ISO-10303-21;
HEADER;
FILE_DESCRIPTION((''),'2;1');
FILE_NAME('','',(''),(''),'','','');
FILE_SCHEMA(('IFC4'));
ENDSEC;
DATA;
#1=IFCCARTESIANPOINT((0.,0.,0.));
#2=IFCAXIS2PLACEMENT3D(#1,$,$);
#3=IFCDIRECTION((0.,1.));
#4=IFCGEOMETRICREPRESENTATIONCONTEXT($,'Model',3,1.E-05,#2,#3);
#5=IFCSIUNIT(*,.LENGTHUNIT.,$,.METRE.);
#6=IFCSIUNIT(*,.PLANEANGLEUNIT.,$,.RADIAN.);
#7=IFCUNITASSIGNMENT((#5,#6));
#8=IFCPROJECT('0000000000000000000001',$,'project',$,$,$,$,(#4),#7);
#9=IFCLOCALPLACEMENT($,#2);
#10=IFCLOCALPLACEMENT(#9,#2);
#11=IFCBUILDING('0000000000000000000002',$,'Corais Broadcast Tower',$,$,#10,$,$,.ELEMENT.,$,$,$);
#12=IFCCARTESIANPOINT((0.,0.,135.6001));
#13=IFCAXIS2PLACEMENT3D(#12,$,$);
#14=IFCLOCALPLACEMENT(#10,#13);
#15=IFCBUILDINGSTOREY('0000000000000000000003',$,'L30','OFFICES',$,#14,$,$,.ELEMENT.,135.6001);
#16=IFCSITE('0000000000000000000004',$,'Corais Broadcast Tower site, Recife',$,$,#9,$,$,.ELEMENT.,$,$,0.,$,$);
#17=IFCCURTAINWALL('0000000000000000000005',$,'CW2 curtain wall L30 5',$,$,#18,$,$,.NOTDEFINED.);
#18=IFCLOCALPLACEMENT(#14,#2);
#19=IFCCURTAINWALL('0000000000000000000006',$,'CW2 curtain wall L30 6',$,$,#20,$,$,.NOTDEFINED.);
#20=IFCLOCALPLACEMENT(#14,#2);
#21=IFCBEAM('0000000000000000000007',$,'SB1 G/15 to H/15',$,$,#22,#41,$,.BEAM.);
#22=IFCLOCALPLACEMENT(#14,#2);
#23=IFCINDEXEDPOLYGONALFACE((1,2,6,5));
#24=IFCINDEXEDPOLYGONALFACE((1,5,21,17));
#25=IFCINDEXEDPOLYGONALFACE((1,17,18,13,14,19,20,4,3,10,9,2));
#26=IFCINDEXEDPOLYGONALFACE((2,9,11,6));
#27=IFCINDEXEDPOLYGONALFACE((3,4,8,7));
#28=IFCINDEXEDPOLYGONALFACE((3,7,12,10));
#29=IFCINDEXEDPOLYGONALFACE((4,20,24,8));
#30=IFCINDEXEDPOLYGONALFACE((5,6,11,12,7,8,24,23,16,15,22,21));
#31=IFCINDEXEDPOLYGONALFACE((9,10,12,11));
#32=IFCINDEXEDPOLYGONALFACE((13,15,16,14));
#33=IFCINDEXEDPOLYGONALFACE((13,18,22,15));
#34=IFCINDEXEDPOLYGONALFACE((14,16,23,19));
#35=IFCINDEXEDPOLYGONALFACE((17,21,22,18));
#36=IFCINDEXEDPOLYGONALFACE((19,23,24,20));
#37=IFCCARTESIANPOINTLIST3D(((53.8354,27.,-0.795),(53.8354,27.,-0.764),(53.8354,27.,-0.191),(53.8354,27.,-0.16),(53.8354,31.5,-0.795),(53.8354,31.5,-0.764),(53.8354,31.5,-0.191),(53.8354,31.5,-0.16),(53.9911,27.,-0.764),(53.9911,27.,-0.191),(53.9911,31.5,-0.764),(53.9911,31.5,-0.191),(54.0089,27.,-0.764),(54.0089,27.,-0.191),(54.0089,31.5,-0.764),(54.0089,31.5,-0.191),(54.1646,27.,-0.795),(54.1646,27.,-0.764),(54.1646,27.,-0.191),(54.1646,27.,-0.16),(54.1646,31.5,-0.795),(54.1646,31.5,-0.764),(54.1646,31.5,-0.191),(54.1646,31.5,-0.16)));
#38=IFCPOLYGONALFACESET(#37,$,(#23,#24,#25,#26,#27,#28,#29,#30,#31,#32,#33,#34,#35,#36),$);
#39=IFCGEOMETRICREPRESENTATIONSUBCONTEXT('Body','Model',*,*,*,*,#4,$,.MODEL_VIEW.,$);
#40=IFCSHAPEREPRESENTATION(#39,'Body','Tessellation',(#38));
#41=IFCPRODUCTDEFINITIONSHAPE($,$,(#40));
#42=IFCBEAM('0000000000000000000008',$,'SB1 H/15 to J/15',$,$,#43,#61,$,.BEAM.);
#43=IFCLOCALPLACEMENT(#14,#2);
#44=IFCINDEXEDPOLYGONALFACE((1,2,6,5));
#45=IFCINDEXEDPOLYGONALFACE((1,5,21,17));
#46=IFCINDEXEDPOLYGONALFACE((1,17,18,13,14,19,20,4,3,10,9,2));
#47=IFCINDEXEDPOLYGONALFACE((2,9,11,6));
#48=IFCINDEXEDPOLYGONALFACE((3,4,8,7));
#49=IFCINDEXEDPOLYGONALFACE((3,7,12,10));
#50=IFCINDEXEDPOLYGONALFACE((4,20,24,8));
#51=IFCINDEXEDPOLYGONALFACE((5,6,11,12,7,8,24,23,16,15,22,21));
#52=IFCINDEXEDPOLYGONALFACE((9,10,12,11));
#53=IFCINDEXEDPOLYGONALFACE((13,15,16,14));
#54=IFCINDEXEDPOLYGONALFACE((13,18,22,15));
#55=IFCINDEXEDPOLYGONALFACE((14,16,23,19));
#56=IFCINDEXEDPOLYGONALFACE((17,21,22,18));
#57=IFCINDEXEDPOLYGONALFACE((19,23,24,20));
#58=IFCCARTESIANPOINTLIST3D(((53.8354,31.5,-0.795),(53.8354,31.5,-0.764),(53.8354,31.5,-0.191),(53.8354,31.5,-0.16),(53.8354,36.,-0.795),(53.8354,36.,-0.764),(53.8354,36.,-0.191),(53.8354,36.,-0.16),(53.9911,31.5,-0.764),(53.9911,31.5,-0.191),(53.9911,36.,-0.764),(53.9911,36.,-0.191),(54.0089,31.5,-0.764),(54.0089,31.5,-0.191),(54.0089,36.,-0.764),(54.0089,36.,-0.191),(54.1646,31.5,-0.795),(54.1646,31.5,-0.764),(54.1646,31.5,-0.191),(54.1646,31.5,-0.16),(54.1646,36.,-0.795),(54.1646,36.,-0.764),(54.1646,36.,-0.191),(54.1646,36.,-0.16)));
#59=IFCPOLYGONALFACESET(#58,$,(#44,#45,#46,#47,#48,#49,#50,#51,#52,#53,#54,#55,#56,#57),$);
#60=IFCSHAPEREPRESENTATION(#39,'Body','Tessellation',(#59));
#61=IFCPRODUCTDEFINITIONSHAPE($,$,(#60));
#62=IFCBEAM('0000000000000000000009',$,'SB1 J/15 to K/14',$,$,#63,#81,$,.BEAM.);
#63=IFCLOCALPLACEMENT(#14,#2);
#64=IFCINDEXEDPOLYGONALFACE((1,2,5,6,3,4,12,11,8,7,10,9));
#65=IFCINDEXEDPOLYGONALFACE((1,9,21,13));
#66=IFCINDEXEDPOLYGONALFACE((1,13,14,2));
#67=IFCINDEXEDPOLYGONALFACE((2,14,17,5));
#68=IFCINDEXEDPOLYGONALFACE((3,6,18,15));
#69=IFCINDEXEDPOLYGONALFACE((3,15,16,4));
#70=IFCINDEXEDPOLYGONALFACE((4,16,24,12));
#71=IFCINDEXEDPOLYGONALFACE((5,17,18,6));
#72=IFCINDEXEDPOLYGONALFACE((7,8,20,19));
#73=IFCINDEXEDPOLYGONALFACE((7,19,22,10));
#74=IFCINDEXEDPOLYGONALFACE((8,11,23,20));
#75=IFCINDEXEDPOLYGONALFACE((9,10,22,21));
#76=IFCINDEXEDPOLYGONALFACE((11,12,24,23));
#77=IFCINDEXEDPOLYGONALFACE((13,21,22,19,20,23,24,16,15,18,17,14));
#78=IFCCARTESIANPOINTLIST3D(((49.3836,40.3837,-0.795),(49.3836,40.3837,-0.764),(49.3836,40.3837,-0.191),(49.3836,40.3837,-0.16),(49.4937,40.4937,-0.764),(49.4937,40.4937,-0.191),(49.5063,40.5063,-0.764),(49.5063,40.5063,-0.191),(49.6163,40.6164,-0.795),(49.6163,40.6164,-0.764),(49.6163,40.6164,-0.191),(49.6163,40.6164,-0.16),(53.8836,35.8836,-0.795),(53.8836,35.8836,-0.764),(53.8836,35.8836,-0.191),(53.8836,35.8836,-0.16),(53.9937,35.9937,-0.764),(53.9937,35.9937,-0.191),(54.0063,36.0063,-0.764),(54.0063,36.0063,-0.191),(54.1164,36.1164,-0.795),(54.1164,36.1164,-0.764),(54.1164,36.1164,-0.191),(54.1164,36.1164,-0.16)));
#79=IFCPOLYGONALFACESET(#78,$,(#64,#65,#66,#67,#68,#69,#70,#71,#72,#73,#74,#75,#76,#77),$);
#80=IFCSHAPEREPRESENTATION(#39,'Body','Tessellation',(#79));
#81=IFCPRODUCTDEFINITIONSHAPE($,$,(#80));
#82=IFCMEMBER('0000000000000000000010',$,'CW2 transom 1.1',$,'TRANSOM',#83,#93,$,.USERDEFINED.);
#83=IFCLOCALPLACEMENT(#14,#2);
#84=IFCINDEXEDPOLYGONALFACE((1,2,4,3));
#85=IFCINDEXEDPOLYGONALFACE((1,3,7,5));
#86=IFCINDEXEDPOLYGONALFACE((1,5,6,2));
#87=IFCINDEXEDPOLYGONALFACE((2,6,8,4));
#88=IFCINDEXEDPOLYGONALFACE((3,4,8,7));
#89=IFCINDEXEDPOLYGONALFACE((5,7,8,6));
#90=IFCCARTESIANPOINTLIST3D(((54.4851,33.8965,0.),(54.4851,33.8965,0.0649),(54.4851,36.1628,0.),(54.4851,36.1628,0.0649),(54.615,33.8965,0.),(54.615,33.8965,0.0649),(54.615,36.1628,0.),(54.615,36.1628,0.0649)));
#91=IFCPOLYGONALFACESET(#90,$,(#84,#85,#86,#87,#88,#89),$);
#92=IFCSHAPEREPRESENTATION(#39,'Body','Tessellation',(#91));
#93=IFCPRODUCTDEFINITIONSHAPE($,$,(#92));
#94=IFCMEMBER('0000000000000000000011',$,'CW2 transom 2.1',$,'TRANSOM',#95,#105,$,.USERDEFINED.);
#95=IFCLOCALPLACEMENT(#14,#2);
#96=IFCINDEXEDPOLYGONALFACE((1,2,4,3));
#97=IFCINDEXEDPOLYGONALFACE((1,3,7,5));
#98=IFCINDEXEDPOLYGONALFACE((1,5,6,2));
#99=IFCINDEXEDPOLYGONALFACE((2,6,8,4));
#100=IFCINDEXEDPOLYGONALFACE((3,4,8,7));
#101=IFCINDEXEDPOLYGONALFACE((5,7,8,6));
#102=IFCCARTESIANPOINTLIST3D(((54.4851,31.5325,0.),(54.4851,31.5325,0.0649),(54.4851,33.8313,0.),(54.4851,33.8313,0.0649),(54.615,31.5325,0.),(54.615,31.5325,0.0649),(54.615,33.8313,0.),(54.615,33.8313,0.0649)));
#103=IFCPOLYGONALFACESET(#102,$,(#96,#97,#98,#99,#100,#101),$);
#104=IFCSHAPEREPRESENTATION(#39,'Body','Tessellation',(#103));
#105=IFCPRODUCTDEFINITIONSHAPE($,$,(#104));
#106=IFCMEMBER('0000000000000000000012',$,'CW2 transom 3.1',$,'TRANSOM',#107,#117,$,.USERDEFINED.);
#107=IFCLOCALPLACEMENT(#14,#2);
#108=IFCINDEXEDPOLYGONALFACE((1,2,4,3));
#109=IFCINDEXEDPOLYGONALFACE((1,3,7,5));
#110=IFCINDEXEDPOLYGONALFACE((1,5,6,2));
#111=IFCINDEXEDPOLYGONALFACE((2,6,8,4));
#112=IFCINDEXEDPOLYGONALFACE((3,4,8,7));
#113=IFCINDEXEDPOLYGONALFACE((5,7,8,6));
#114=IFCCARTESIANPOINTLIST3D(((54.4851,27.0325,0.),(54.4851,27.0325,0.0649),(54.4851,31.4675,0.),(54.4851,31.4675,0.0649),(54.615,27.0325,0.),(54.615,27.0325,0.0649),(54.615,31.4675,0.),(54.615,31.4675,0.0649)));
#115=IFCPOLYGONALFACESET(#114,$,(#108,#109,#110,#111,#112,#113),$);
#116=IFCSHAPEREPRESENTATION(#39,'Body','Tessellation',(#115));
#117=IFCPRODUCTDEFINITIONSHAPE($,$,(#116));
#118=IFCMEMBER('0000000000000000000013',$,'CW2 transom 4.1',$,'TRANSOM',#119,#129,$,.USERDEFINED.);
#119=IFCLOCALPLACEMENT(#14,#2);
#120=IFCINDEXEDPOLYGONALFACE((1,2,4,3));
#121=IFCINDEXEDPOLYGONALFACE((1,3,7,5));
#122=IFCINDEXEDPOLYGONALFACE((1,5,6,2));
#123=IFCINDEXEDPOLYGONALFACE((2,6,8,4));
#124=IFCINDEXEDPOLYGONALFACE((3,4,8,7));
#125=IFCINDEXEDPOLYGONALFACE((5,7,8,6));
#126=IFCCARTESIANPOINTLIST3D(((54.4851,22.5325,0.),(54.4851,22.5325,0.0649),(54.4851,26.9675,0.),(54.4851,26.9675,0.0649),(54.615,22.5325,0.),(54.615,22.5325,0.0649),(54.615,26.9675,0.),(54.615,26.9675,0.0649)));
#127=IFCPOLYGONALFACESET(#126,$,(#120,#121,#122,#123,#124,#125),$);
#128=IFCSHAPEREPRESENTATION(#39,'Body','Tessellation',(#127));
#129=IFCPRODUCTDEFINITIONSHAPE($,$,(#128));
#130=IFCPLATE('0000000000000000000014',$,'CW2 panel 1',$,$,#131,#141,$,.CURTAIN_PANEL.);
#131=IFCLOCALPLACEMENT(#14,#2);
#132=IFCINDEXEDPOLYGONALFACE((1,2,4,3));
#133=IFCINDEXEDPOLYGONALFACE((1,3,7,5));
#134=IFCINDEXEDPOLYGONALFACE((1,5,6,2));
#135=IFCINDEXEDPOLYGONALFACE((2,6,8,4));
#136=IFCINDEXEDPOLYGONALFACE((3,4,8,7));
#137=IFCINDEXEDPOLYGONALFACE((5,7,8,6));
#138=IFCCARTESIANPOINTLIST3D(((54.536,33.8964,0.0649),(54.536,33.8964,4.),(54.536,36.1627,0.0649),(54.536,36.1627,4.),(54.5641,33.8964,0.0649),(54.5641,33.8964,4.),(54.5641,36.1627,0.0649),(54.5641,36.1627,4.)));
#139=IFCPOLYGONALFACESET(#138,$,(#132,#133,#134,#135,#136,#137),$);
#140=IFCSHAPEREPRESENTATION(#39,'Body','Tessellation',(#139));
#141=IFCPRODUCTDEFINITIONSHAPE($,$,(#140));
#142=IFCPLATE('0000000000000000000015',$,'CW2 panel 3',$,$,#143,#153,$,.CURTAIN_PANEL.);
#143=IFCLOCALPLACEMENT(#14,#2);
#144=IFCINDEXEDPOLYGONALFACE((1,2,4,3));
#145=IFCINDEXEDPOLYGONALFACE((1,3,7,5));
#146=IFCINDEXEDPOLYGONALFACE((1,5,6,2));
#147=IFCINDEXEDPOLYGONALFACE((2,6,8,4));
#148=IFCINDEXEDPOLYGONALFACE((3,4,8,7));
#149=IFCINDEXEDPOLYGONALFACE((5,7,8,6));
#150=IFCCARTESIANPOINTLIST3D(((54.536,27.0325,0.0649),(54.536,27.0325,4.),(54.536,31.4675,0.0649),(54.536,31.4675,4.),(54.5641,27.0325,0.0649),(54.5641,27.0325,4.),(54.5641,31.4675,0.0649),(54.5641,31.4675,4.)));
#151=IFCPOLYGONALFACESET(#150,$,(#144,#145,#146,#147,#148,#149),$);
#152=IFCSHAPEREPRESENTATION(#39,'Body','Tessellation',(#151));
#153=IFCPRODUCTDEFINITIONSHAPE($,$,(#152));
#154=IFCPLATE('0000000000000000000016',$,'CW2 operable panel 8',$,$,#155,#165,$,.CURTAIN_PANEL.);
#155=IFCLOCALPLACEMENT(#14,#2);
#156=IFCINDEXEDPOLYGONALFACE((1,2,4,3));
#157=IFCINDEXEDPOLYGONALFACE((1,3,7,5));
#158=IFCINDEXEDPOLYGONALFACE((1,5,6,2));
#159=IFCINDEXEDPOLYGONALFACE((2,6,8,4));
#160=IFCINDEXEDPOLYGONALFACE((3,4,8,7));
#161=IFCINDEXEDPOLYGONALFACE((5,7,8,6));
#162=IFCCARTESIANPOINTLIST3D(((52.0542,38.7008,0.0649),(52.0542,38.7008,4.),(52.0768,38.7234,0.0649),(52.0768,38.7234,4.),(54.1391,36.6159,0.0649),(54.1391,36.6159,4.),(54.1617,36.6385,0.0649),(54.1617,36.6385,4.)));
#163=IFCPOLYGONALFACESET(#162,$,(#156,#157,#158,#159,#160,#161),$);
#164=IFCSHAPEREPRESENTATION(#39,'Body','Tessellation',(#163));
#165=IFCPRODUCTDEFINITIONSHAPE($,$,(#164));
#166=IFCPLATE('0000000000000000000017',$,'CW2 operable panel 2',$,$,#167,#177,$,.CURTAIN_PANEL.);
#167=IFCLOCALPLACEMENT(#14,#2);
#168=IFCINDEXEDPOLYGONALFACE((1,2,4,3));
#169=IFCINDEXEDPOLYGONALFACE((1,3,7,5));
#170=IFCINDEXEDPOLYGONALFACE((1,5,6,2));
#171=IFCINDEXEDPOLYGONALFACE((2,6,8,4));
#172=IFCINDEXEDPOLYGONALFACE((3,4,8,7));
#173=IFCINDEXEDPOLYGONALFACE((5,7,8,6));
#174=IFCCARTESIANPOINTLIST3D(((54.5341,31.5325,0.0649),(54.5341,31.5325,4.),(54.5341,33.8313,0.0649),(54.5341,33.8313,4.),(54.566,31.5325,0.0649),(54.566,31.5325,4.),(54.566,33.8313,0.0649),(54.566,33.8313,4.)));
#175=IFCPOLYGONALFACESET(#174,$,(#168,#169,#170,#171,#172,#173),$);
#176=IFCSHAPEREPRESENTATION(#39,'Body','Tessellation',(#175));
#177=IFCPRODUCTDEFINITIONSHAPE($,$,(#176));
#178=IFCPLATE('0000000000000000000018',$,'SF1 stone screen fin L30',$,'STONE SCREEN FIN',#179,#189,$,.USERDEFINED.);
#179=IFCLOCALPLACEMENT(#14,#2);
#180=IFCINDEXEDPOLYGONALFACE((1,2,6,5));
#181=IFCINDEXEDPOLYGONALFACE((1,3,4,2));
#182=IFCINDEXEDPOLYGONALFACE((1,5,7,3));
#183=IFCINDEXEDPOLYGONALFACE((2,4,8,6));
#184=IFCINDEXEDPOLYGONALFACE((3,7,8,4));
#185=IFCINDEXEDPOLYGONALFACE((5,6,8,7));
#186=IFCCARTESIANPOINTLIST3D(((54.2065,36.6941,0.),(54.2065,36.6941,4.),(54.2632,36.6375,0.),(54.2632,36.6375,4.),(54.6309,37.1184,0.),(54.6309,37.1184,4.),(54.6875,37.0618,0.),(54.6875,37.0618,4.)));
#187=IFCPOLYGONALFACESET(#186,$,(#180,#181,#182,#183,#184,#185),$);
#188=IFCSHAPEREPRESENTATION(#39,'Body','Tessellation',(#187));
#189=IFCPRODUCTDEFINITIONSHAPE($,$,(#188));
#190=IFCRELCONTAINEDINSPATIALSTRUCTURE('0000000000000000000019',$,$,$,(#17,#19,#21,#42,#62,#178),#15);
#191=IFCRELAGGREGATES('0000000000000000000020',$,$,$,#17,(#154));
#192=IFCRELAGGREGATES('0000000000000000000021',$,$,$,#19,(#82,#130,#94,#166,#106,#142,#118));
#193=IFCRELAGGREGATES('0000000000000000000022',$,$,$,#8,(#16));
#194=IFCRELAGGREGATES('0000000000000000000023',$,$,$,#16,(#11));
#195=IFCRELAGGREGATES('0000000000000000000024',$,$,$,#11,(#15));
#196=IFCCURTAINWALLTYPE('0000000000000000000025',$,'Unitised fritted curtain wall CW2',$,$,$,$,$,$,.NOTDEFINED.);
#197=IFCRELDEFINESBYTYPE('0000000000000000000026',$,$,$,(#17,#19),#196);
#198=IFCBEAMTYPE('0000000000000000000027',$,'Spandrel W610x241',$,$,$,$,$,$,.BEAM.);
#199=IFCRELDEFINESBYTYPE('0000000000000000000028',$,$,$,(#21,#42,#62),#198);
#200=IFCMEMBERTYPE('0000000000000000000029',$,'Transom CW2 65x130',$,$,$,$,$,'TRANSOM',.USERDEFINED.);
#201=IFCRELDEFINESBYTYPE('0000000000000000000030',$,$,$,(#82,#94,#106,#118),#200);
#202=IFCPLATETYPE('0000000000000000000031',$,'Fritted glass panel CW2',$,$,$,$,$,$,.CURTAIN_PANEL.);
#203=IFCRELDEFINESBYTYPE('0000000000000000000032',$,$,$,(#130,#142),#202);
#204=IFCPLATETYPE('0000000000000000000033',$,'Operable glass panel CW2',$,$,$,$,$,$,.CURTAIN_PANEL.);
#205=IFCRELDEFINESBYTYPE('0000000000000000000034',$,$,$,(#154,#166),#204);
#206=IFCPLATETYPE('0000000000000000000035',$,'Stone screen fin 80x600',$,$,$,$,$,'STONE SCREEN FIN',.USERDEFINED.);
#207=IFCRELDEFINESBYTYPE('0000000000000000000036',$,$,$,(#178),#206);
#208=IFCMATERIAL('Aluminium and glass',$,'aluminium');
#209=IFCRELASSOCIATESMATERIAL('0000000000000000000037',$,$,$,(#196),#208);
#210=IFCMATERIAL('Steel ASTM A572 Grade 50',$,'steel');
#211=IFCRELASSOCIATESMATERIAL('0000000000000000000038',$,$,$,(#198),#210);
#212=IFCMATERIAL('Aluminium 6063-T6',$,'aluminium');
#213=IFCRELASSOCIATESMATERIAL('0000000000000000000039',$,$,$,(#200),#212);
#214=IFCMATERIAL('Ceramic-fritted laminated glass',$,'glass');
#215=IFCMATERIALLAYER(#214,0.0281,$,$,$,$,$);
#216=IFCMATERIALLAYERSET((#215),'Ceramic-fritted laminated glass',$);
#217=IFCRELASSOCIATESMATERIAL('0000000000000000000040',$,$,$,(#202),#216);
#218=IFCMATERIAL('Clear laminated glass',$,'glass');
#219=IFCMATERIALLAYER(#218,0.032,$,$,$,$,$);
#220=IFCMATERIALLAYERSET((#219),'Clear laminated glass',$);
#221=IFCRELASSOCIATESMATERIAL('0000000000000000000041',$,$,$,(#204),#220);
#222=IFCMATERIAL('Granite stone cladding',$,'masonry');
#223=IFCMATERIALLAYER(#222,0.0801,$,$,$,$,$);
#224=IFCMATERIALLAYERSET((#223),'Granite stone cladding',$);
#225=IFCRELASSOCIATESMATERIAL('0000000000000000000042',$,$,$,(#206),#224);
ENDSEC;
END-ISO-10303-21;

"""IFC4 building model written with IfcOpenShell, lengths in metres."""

from ifc_helpers import new_model, si_unit, direction, frame, origin, origin_2d, place, context, subcontext, project, spatial, rectangle, i_section, extrude, material, layer, layer_set, material_profile, profile_set, type_object, element, aggregate, save


model = new_model("IFC4")

# Units and contexts
model_context = context("Model", 3, precision=1e-05, world=origin(), true_north=direction((0.0, 1.0)))
body_context = subcontext(model_context, "Body", "Model", "MODEL_VIEW")
ifc_project = project(units=[si_unit("LENGTHUNIT", "METRE"), si_unit("PLANEANGLEUNIT", "RADIAN")], contexts=[model_context])

# Site, building, storey
site_placement = place(None, origin())
site = spatial("IfcSite", under=ifc_project, at=site_placement, Name="Corais Broadcast Tower site, Recife", CompositionType="ELEMENT", RefElevation=0.0)
building_placement = place(site_placement, origin())
building = spatial("IfcBuilding", under=site, at=building_placement, Name="Corais Broadcast Tower", CompositionType="ELEMENT")
storey_placement = place(building_placement, frame((0.0, 0.0, 135.6001)))
storey = spatial("IfcBuildingStorey", under=building, at=storey_placement, Name="L30", Description="OFFICES", CompositionType="ELEMENT", Elevation=135.6001)

# Curtain wall
ifc_material_1 = material(Name="Aluminium and glass", Category="aluminium")
curtain_wall_type = type_object("IfcCurtainWallType", Name="Unitised fritted curtain wall CW2", PredefinedType="NOTDEFINED", material=ifc_material_1)
curtain_wall_1_placement = place(storey_placement, origin())
curtain_wall_1 = element("IfcCurtainWall", 1, at=curtain_wall_1_placement, inside=storey, type_object=curtain_wall_type, Name="CW2 curtain wall L30 5", PredefinedType="NOTDEFINED")

# Curtain wall
curtain_wall_2_placement = place(storey_placement, origin())
curtain_wall_2 = element("IfcCurtainWall", 2, at=curtain_wall_2_placement, inside=storey, type_object=curtain_wall_type, Name="CW2 curtain wall L30 6", PredefinedType="NOTDEFINED")

# Beams
ifc_material_2 = material(Name="Steel ASTM A572 Grade 50", Category="steel")
ifc_material_profile_1 = material_profile(ifc_material_2, i_section(OverallWidth=0.3291, OverallDepth=0.635, WebThickness=0.0178, FlangeThickness=0.031, at=origin_2d()), Name="W610x241")
ifc_profile_set_1 = profile_set([ifc_material_profile_1], Name="Steel ASTM A572 Grade 50")
beam_type_1 = type_object("IfcBeamType", Name="Spandrel W610x241", PredefinedType="BEAM", material=ifc_profile_set_1)
for number, where, z_axis, x_axis, name in (
    (3, (54.0, 27.0, -0.4775), (0.0, 1.0, 0.0), (-1.0, 0.0, 0.0), "SB1 G/15 to H/15"),
    (4, (54.0, 31.5, -0.4775), (0.0, 1.0, 0.0), (-1.0, 0.0, 0.0), "SB1 H/15 to J/15"),
):
    element("IfcBeam", number, at=place(storey_placement, frame(where, z_axis=z_axis, x_axis=x_axis)), inside=storey, type_object=beam_type_1, Name=name, PredefinedType="BEAM", context=body_context, shape_type="SweptSolid", body=[
        extrude(i_section(OverallWidth=0.3291, OverallDepth=0.635, WebThickness=0.0178, FlangeThickness=0.031, at=origin_2d()), origin(), (0.0, 0.0, 1.0), 4.5),
    ])
beam_placement = place(storey_placement, frame((54.0, 36.0, -0.4775), z_axis=(-0.707107, 0.707107, 0.0), x_axis=(-0.707107, -0.707107, 0.0)))
element("IfcBeam", 5, at=beam_placement, inside=storey, type_object=beam_type_1, Name="SB1 J/15 to K/14", PredefinedType="BEAM", context=body_context, shape_type="SweptSolid", body=[
    extrude(i_section(OverallWidth=0.3291, OverallDepth=0.635, WebThickness=0.0178, FlangeThickness=0.031, at=origin_2d()), origin(), (0.0, 0.0, 1.0), 6.364),
])

# Members
ifc_material_3 = material(Name="Aluminium 6063-T6", Category="aluminium")
ifc_material_profile_2 = material_profile(ifc_material_3, rectangle(XDim=0.1299, YDim=0.0649, at=origin_2d()), Name="Transom CW2 65x130")
ifc_profile_set_2 = profile_set([ifc_material_profile_2], Name="Aluminium 6063-T6")
member_type_1 = type_object("IfcMemberType", Name="Transom CW2 65x130", ElementType="TRANSOM", PredefinedType="USERDEFINED", material=ifc_profile_set_2)
member_1_placement = place(storey_placement, frame((54.55, 36.1628, 0.0325), z_axis=(0.0, -1.0, 0.0), x_axis=(1.0, 0.0, 0.0)))
member_1 = element("IfcMember", 6, at=member_1_placement, type_object=member_type_1, Name="CW2 transom 1.1", ObjectType="TRANSOM", PredefinedType="USERDEFINED", context=body_context, shape_type="SweptSolid", body=[
    extrude(rectangle(XDim=0.1299, YDim=0.0649, at=origin_2d()), origin(), (0.0, 0.0, 1.0), 2.2664),
])
member_2_placement = place(storey_placement, frame((54.55, 33.8313, 0.0325), z_axis=(0.0, -1.0, 0.0), x_axis=(1.0, 0.0, 0.0)))
member_2 = element("IfcMember", 7, at=member_2_placement, type_object=member_type_1, Name="CW2 transom 2.1", ObjectType="TRANSOM", PredefinedType="USERDEFINED", context=body_context, shape_type="SweptSolid", body=[
    extrude(rectangle(XDim=0.1299, YDim=0.0649, at=origin_2d()), origin(), (0.0, 0.0, 1.0), 2.2988),
])
member_3_placement = place(storey_placement, frame((54.55, 31.4675, 0.0325), z_axis=(0.0, -1.0, 0.0), x_axis=(1.0, 0.0, 0.0)))
member_3 = element("IfcMember", 8, at=member_3_placement, type_object=member_type_1, Name="CW2 transom 3.1", ObjectType="TRANSOM", PredefinedType="USERDEFINED", context=body_context, shape_type="SweptSolid", body=[
    extrude(rectangle(XDim=0.1299, YDim=0.0649, at=origin_2d()), origin(), (0.0, 0.0, 1.0), 4.4351),
])
member_4_placement = place(storey_placement, frame((54.55, 26.9675, 0.0325), z_axis=(0.0, -1.0, 0.0), x_axis=(1.0, 0.0, 0.0)))
member_4 = element("IfcMember", 9, at=member_4_placement, type_object=member_type_1, Name="CW2 transom 4.1", ObjectType="TRANSOM", PredefinedType="USERDEFINED", context=body_context, shape_type="SweptSolid", body=[
    extrude(rectangle(XDim=0.1299, YDim=0.0649, at=origin_2d()), origin(), (0.0, 0.0, 1.0), 4.4351),
])

# Plates
ifc_material_4 = material(Name="Ceramic-fritted laminated glass", Category="glass")
ifc_layer_1 = layer(ifc_material_4, 0.0281)
ifc_layer_set_1 = layer_set([ifc_layer_1], Name="Ceramic-fritted laminated glass")
plate_type_1 = type_object("IfcPlateType", Name="Fritted glass panel CW2", PredefinedType="CURTAIN_PANEL", material=ifc_layer_set_1)
plate_1_placement = place(storey_placement, frame((54.55, 35.0295, 0.0649), z_axis=(0.0, 0.0, 1.0), x_axis=(0.0, -1.0, 0.0)))
plate_1 = element("IfcPlate", 10, at=plate_1_placement, type_object=plate_type_1, Name="CW2 panel 1", PredefinedType="CURTAIN_PANEL", context=body_context, shape_type="SweptSolid", body=[
    extrude(rectangle(XDim=2.2664, YDim=0.0281, at=origin_2d()), origin(), (0.0, 0.0, 1.0), 3.9351),
])
plate_2_placement = place(storey_placement, frame((54.55, 29.25, 0.0649), z_axis=(0.0, 0.0, 1.0), x_axis=(0.0, -1.0, 0.0)))
plate_2 = element("IfcPlate", 11, at=plate_2_placement, type_object=plate_type_1, Name="CW2 panel 3", PredefinedType="CURTAIN_PANEL", context=body_context, shape_type="SweptSolid", body=[
    extrude(rectangle(XDim=4.4351, YDim=0.0281, at=origin_2d()), origin(), (0.0, 0.0, 1.0), 3.9351),
])
ifc_material_5 = material(Name="Clear laminated glass", Category="glass")
ifc_layer_2 = layer(ifc_material_5, 0.032)
ifc_layer_set_2 = layer_set([ifc_layer_2], Name="Clear laminated glass")
plate_type_2 = type_object("IfcPlateType", Name="Operable glass panel CW2", PredefinedType="CURTAIN_PANEL", material=ifc_layer_set_2)
plate_3_placement = place(storey_placement, frame((53.1079, 37.6697, 0.0649), z_axis=(0.0, 0.0, 1.0), x_axis=(0.707107, -0.707107, 0.0)))
plate_3 = element("IfcPlate", 12, at=plate_3_placement, type_object=plate_type_2, Name="CW2 operable panel 8", PredefinedType="CURTAIN_PANEL", context=body_context, shape_type="SweptSolid", body=[
    extrude(rectangle(XDim=2.9485, YDim=0.032, at=origin_2d()), origin(), (0.0, 0.0, 1.0), 3.9351),
])
aggregate(curtain_wall_1, [plate_3])
plate_4_placement = place(storey_placement, frame((54.55, 32.6819, 0.0649), z_axis=(0.0, 0.0, 1.0), x_axis=(0.0, -1.0, 0.0)))
plate_4 = element("IfcPlate", 13, at=plate_4_placement, type_object=plate_type_2, Name="CW2 operable panel 2", PredefinedType="CURTAIN_PANEL", context=body_context, shape_type="SweptSolid", body=[
    extrude(rectangle(XDim=2.2988, YDim=0.032, at=origin_2d()), origin(), (0.0, 0.0, 1.0), 3.9351),
])
aggregate(curtain_wall_2, [member_1, plate_1, member_2, plate_4, member_3, plate_2, member_4])
ifc_material_6 = material(Name="Granite stone cladding", Category="masonry")
ifc_layer_3 = layer(ifc_material_6, 0.0801)
ifc_layer_set_3 = layer_set([ifc_layer_3], Name="Granite stone cladding")
plate_type_3 = type_object("IfcPlateType", Name="Stone screen fin 80x600", ElementType="STONE SCREEN FIN", PredefinedType="USERDEFINED", material=ifc_layer_set_3)
plate_5_placement = place(storey_placement, frame((54.447, 36.8779, 0.0), z_axis=(0.0, 0.0, 1.0), x_axis=(0.707107, -0.707107, 0.0)))
element("IfcPlate", 14, at=plate_5_placement, inside=storey, type_object=plate_type_3, Name="SF1 stone screen fin L30", ObjectType="STONE SCREEN FIN", PredefinedType="USERDEFINED", context=body_context, shape_type="SweptSolid", body=[
    extrude(rectangle(XDim=0.0801, YDim=0.6001, at=origin_2d()), origin(), (0.0, 0.0, 1.0), 4.0),
])

save(model, "model.ifc")
